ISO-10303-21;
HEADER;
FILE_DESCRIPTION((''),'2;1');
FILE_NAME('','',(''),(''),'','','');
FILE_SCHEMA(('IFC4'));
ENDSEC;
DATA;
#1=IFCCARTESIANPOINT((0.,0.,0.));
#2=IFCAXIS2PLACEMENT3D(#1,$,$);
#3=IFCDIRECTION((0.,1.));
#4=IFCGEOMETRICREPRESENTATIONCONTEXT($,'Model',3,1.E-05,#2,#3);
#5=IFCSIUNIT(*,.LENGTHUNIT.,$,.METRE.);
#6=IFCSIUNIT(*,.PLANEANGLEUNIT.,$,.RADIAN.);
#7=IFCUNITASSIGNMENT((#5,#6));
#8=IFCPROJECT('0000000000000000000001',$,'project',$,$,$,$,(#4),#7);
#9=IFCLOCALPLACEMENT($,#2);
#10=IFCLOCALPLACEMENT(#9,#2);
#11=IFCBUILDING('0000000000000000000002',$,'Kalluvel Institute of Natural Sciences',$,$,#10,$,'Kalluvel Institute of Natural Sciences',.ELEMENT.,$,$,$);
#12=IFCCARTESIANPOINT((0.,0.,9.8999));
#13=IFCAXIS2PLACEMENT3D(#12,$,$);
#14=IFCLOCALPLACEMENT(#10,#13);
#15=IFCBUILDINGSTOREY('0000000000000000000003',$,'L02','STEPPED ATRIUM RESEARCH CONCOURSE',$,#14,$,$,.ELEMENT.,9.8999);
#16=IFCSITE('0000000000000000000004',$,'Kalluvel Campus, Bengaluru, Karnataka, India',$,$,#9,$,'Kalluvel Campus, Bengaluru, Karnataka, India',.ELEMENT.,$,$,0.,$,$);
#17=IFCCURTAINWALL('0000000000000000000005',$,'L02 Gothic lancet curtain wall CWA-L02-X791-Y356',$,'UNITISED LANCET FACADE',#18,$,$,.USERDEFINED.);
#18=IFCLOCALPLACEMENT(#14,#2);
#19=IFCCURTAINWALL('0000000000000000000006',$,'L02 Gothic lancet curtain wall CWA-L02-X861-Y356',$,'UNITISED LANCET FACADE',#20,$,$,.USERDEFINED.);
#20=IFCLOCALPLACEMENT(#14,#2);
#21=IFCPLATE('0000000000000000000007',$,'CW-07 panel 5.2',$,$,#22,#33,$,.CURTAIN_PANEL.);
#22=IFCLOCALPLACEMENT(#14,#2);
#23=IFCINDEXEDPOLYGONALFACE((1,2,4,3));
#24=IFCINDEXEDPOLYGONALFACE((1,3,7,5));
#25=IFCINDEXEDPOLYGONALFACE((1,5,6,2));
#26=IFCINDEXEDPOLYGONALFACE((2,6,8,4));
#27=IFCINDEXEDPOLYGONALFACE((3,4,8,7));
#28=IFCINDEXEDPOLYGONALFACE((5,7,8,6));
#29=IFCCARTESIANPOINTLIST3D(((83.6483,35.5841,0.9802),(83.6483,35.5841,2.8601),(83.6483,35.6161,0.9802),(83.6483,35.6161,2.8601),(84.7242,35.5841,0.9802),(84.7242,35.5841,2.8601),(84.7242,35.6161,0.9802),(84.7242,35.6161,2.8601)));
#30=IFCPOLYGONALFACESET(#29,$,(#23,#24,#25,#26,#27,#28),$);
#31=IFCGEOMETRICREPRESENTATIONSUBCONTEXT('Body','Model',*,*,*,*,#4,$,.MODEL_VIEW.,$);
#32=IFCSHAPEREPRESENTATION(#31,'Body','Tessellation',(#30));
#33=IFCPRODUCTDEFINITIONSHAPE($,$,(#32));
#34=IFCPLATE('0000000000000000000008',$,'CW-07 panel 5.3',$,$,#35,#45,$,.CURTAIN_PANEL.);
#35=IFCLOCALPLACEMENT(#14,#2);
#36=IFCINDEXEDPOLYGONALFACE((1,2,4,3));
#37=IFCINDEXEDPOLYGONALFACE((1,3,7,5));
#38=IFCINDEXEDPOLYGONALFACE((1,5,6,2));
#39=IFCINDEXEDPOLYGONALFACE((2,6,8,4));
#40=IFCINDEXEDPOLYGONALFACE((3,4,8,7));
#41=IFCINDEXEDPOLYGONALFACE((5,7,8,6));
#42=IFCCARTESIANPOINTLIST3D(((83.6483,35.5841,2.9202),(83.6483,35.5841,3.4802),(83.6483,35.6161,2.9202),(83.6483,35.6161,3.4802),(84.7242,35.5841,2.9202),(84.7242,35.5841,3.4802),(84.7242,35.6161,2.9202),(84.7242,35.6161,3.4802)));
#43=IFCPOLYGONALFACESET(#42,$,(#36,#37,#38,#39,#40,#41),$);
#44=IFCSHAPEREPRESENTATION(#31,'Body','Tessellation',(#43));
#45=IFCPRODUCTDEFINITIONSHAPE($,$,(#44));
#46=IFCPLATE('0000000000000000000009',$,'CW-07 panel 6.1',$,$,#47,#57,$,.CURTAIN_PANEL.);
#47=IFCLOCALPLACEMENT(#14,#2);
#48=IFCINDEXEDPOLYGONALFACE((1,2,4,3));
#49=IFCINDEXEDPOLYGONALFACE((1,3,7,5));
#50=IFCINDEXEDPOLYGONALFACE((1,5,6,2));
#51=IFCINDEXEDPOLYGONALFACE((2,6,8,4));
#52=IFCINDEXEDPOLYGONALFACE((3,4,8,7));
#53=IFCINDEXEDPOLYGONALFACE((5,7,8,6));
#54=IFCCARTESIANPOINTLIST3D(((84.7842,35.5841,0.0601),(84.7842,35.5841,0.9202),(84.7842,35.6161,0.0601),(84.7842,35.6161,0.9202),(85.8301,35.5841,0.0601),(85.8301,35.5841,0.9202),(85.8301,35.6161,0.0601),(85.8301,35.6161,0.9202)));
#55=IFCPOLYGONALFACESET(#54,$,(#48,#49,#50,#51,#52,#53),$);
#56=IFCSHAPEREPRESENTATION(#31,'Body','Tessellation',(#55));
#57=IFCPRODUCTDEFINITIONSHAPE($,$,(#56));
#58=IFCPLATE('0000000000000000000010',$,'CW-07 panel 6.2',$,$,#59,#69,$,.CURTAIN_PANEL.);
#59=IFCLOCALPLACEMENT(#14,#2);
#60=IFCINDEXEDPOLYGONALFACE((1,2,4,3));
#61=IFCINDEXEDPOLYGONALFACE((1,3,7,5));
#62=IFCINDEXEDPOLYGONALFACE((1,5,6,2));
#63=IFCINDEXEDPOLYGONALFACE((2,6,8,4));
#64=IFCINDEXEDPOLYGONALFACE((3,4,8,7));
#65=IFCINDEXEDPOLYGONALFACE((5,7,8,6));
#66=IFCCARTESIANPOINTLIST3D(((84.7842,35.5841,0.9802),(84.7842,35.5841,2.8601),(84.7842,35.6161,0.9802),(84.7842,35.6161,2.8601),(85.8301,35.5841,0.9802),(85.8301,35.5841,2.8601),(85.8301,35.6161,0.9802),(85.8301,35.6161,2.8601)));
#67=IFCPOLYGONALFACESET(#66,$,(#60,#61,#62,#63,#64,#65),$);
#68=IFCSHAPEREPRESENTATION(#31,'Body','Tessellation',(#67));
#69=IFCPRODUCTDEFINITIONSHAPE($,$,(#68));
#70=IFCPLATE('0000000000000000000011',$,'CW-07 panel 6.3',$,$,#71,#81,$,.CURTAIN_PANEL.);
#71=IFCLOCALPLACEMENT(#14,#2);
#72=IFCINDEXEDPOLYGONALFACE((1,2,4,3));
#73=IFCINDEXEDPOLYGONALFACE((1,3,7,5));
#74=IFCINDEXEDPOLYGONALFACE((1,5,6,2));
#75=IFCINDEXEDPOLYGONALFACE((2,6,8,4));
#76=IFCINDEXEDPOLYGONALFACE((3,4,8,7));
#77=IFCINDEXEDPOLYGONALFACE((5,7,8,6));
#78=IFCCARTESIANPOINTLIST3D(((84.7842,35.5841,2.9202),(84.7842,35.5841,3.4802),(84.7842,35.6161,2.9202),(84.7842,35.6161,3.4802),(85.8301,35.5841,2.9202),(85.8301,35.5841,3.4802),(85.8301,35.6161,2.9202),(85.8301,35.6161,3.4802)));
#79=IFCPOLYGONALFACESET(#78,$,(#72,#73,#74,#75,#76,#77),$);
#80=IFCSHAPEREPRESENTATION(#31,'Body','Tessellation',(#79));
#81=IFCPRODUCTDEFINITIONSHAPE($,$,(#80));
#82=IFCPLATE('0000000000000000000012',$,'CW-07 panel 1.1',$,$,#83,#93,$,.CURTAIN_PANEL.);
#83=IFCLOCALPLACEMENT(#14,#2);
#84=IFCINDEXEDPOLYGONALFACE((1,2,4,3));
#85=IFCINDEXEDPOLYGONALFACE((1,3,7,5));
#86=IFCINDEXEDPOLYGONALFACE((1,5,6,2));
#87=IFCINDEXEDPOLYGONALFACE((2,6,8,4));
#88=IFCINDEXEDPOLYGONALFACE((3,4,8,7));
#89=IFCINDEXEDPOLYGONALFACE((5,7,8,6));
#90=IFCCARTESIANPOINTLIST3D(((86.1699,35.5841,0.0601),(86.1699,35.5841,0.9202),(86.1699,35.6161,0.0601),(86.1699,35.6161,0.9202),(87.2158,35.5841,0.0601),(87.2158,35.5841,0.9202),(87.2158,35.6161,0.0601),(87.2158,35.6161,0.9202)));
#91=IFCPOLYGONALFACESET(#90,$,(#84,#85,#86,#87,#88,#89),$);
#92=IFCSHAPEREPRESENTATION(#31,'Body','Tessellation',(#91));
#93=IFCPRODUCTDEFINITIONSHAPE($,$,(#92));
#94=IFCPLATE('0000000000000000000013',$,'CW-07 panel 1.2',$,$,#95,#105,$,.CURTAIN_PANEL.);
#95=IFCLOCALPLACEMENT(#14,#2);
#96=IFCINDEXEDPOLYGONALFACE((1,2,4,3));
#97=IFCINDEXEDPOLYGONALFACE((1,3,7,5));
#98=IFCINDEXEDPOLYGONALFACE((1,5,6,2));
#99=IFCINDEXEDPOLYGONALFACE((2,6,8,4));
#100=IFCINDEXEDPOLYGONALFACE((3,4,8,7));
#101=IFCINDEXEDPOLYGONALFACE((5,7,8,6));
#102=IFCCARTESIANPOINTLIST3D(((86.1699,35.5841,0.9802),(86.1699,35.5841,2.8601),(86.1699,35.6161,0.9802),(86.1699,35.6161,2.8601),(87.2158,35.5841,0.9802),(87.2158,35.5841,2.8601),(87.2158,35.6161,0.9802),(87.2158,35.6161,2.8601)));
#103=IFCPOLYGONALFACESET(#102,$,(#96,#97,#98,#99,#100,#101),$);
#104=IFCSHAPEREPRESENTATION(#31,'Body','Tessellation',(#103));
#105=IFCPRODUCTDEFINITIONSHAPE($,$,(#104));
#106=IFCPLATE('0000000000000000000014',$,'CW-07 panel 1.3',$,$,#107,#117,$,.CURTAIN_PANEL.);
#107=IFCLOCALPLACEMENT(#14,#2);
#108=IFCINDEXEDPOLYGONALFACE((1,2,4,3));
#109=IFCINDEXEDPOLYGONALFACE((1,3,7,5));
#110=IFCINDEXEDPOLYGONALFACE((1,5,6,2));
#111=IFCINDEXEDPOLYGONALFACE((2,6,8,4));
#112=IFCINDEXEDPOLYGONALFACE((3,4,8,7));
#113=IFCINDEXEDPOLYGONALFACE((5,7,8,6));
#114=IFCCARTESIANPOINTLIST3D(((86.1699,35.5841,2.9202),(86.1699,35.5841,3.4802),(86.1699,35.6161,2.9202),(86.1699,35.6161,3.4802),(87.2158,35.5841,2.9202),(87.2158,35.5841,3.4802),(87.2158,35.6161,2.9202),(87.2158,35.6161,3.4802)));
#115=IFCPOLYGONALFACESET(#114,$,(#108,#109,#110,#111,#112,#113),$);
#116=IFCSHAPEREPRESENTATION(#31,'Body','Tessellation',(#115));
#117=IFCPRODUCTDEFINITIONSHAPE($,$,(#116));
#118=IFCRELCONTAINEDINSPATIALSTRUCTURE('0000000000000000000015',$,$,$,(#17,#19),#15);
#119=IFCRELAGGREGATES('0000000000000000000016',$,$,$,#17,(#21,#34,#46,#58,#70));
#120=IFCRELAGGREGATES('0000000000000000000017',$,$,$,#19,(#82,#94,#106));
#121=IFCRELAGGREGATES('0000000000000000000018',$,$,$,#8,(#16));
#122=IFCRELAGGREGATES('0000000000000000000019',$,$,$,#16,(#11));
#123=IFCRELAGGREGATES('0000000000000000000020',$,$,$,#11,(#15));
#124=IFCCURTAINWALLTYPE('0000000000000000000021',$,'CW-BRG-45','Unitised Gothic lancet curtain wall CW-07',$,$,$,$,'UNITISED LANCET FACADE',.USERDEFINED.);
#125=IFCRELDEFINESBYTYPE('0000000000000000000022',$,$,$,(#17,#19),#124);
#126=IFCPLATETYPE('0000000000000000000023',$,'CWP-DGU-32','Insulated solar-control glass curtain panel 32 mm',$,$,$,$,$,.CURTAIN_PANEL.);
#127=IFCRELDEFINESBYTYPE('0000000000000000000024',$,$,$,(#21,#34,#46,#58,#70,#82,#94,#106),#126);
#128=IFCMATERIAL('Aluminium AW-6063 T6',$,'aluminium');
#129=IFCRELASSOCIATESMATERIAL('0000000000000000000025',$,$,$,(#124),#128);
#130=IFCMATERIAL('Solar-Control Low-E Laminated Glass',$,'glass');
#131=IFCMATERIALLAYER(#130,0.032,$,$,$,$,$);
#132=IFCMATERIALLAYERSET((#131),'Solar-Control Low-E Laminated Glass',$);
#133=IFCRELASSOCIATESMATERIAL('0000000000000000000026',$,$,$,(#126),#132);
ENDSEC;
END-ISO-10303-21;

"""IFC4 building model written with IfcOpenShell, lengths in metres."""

from ifc_helpers import new_model, si_unit, direction, frame, origin, origin_2d, place, context, subcontext, project, spatial, rectangle, extrude, material, layer, layer_set, type_object, element, aggregate, save


model = new_model("IFC4")

# Units and contexts
model_context = context("Model", 3, precision=1e-05, world=origin(), true_north=direction((0.0, 1.0)))
body_context = subcontext(model_context, "Body", "Model", "MODEL_VIEW")
ifc_project = project(units=[si_unit("LENGTHUNIT", "METRE"), si_unit("PLANEANGLEUNIT", "RADIAN")], contexts=[model_context])

# Site, building, storey
site_placement = place(None, origin())
site = spatial("IfcSite", under=ifc_project, at=site_placement, Name="Kalluvel Campus, Bengaluru, Karnataka, India", LongName="Kalluvel Campus, Bengaluru, Karnataka, India", CompositionType="ELEMENT", RefElevation=0.0)
building_placement = place(site_placement, origin())
building = spatial("IfcBuilding", under=site, at=building_placement, Name="Kalluvel Institute of Natural Sciences", LongName="Kalluvel Institute of Natural Sciences", CompositionType="ELEMENT")
storey_placement = place(building_placement, frame((0.0, 0.0, 9.8999)))
storey = spatial("IfcBuildingStorey", under=building, at=storey_placement, Name="L02", Description="STEPPED ATRIUM RESEARCH CONCOURSE", CompositionType="ELEMENT", Elevation=9.8999)

# Curtain walls
ifc_material_1 = material(Name="Aluminium AW-6063 T6", Category="aluminium")
curtain_wall_type = type_object("IfcCurtainWallType", Name="CW-BRG-45", Description="Unitised Gothic lancet curtain wall CW-07", ElementType="UNITISED LANCET FACADE", PredefinedType="USERDEFINED", material=ifc_material_1)
curtain_wall_1_placement = place(storey_placement, origin())
curtain_wall_1 = element("IfcCurtainWall", 1, at=curtain_wall_1_placement, inside=storey, type_object=curtain_wall_type, Name="L02 Gothic lancet curtain wall CWA-L02-X791-Y356", ObjectType="UNITISED LANCET FACADE", PredefinedType="USERDEFINED")
curtain_wall_2_placement = place(storey_placement, origin())
curtain_wall_2 = element("IfcCurtainWall", 2, at=curtain_wall_2_placement, inside=storey, type_object=curtain_wall_type, Name="L02 Gothic lancet curtain wall CWA-L02-X861-Y356", ObjectType="UNITISED LANCET FACADE", PredefinedType="USERDEFINED")

# Plates
ifc_material_2 = material(Name="Solar-Control Low-E Laminated Glass", Category="glass")
ifc_layer = layer(ifc_material_2, 0.032)
ifc_layer_set = layer_set([ifc_layer], Name="Solar-Control Low-E Laminated Glass")
plate_type = type_object("IfcPlateType", Name="CWP-DGU-32", Description="Insulated solar-control glass curtain panel 32 mm", PredefinedType="CURTAIN_PANEL", material=ifc_layer_set)
plate_1_placement = place(storey_placement, frame((84.1863, 35.6001, 0.9802), z_axis=(0.0, 0.0, 1.0), x_axis=(1.0, 0.0, 0.0)))
plate_1 = element("IfcPlate", 3, at=plate_1_placement, type_object=plate_type, Name="CW-07 panel 5.2", PredefinedType="CURTAIN_PANEL", context=body_context, shape_type="SweptSolid", body=[
    extrude(rectangle(XDim=1.0759, YDim=0.032, at=origin_2d()), origin(), (0.0, 0.0, 1.0), 1.8799),
])
plate_2_placement = place(storey_placement, frame((84.1863, 35.6001, 2.9202), z_axis=(0.0, 0.0, 1.0), x_axis=(1.0, 0.0, 0.0)))
plate_2 = element("IfcPlate", 4, at=plate_2_placement, type_object=plate_type, Name="CW-07 panel 5.3", PredefinedType="CURTAIN_PANEL", context=body_context, shape_type="SweptSolid", body=[
    extrude(rectangle(XDim=1.0759, YDim=0.032, at=origin_2d()), origin(), (0.0, 0.0, 1.0), 0.5601),
])
plate_3_placement = place(storey_placement, frame((85.3071, 35.6001, 0.0601), z_axis=(0.0, 0.0, 1.0), x_axis=(1.0, 0.0, 0.0)))
plate_3 = element("IfcPlate", 5, at=plate_3_placement, type_object=plate_type, Name="CW-07 panel 6.1", PredefinedType="CURTAIN_PANEL", context=body_context, shape_type="SweptSolid", body=[
    extrude(rectangle(XDim=1.0459, YDim=0.032, at=origin_2d()), origin(), (0.0, 0.0, 1.0), 0.8601),
])
plate_4_placement = place(storey_placement, frame((85.3071, 35.6001, 0.9802), z_axis=(0.0, 0.0, 1.0), x_axis=(1.0, 0.0, 0.0)))
plate_4 = element("IfcPlate", 6, at=plate_4_placement, type_object=plate_type, Name="CW-07 panel 6.2", PredefinedType="CURTAIN_PANEL", context=body_context, shape_type="SweptSolid", body=[
    extrude(rectangle(XDim=1.0459, YDim=0.032, at=origin_2d()), origin(), (0.0, 0.0, 1.0), 1.8799),
])
plate_5_placement = place(storey_placement, frame((85.3071, 35.6001, 2.9202), z_axis=(0.0, 0.0, 1.0), x_axis=(1.0, 0.0, 0.0)))
plate_5 = element("IfcPlate", 7, at=plate_5_placement, type_object=plate_type, Name="CW-07 panel 6.3", PredefinedType="CURTAIN_PANEL", context=body_context, shape_type="SweptSolid", body=[
    extrude(rectangle(XDim=1.0459, YDim=0.032, at=origin_2d()), origin(), (0.0, 0.0, 1.0), 0.5601),
])
aggregate(curtain_wall_1, [plate_1, plate_2, plate_3, plate_4, plate_5])
plate_6_placement = place(storey_placement, frame((86.6929, 35.6001, 0.0601), z_axis=(0.0, 0.0, 1.0), x_axis=(1.0, 0.0, 0.0)))
plate_6 = element("IfcPlate", 8, at=plate_6_placement, type_object=plate_type, Name="CW-07 panel 1.1", PredefinedType="CURTAIN_PANEL", context=body_context, shape_type="SweptSolid", body=[
    extrude(rectangle(XDim=1.0459, YDim=0.032, at=origin_2d()), origin(), (0.0, 0.0, 1.0), 0.8601),
])
plate_7_placement = place(storey_placement, frame((86.6929, 35.6001, 0.9802), z_axis=(0.0, 0.0, 1.0), x_axis=(1.0, 0.0, 0.0)))
plate_7 = element("IfcPlate", 9, at=plate_7_placement, type_object=plate_type, Name="CW-07 panel 1.2", PredefinedType="CURTAIN_PANEL", context=body_context, shape_type="SweptSolid", body=[
    extrude(rectangle(XDim=1.0459, YDim=0.032, at=origin_2d()), origin(), (0.0, 0.0, 1.0), 1.8799),
])
plate_8_placement = place(storey_placement, frame((86.6929, 35.6001, 2.9202), z_axis=(0.0, 0.0, 1.0), x_axis=(1.0, 0.0, 0.0)))
plate_8 = element("IfcPlate", 10, at=plate_8_placement, type_object=plate_type, Name="CW-07 panel 1.3", PredefinedType="CURTAIN_PANEL", context=body_context, shape_type="SweptSolid", body=[
    extrude(rectangle(XDim=1.0459, YDim=0.032, at=origin_2d()), origin(), (0.0, 0.0, 1.0), 0.5601),
])
aggregate(curtain_wall_2, [plate_6, plate_7, plate_8])

save(model, "model.ifc")
